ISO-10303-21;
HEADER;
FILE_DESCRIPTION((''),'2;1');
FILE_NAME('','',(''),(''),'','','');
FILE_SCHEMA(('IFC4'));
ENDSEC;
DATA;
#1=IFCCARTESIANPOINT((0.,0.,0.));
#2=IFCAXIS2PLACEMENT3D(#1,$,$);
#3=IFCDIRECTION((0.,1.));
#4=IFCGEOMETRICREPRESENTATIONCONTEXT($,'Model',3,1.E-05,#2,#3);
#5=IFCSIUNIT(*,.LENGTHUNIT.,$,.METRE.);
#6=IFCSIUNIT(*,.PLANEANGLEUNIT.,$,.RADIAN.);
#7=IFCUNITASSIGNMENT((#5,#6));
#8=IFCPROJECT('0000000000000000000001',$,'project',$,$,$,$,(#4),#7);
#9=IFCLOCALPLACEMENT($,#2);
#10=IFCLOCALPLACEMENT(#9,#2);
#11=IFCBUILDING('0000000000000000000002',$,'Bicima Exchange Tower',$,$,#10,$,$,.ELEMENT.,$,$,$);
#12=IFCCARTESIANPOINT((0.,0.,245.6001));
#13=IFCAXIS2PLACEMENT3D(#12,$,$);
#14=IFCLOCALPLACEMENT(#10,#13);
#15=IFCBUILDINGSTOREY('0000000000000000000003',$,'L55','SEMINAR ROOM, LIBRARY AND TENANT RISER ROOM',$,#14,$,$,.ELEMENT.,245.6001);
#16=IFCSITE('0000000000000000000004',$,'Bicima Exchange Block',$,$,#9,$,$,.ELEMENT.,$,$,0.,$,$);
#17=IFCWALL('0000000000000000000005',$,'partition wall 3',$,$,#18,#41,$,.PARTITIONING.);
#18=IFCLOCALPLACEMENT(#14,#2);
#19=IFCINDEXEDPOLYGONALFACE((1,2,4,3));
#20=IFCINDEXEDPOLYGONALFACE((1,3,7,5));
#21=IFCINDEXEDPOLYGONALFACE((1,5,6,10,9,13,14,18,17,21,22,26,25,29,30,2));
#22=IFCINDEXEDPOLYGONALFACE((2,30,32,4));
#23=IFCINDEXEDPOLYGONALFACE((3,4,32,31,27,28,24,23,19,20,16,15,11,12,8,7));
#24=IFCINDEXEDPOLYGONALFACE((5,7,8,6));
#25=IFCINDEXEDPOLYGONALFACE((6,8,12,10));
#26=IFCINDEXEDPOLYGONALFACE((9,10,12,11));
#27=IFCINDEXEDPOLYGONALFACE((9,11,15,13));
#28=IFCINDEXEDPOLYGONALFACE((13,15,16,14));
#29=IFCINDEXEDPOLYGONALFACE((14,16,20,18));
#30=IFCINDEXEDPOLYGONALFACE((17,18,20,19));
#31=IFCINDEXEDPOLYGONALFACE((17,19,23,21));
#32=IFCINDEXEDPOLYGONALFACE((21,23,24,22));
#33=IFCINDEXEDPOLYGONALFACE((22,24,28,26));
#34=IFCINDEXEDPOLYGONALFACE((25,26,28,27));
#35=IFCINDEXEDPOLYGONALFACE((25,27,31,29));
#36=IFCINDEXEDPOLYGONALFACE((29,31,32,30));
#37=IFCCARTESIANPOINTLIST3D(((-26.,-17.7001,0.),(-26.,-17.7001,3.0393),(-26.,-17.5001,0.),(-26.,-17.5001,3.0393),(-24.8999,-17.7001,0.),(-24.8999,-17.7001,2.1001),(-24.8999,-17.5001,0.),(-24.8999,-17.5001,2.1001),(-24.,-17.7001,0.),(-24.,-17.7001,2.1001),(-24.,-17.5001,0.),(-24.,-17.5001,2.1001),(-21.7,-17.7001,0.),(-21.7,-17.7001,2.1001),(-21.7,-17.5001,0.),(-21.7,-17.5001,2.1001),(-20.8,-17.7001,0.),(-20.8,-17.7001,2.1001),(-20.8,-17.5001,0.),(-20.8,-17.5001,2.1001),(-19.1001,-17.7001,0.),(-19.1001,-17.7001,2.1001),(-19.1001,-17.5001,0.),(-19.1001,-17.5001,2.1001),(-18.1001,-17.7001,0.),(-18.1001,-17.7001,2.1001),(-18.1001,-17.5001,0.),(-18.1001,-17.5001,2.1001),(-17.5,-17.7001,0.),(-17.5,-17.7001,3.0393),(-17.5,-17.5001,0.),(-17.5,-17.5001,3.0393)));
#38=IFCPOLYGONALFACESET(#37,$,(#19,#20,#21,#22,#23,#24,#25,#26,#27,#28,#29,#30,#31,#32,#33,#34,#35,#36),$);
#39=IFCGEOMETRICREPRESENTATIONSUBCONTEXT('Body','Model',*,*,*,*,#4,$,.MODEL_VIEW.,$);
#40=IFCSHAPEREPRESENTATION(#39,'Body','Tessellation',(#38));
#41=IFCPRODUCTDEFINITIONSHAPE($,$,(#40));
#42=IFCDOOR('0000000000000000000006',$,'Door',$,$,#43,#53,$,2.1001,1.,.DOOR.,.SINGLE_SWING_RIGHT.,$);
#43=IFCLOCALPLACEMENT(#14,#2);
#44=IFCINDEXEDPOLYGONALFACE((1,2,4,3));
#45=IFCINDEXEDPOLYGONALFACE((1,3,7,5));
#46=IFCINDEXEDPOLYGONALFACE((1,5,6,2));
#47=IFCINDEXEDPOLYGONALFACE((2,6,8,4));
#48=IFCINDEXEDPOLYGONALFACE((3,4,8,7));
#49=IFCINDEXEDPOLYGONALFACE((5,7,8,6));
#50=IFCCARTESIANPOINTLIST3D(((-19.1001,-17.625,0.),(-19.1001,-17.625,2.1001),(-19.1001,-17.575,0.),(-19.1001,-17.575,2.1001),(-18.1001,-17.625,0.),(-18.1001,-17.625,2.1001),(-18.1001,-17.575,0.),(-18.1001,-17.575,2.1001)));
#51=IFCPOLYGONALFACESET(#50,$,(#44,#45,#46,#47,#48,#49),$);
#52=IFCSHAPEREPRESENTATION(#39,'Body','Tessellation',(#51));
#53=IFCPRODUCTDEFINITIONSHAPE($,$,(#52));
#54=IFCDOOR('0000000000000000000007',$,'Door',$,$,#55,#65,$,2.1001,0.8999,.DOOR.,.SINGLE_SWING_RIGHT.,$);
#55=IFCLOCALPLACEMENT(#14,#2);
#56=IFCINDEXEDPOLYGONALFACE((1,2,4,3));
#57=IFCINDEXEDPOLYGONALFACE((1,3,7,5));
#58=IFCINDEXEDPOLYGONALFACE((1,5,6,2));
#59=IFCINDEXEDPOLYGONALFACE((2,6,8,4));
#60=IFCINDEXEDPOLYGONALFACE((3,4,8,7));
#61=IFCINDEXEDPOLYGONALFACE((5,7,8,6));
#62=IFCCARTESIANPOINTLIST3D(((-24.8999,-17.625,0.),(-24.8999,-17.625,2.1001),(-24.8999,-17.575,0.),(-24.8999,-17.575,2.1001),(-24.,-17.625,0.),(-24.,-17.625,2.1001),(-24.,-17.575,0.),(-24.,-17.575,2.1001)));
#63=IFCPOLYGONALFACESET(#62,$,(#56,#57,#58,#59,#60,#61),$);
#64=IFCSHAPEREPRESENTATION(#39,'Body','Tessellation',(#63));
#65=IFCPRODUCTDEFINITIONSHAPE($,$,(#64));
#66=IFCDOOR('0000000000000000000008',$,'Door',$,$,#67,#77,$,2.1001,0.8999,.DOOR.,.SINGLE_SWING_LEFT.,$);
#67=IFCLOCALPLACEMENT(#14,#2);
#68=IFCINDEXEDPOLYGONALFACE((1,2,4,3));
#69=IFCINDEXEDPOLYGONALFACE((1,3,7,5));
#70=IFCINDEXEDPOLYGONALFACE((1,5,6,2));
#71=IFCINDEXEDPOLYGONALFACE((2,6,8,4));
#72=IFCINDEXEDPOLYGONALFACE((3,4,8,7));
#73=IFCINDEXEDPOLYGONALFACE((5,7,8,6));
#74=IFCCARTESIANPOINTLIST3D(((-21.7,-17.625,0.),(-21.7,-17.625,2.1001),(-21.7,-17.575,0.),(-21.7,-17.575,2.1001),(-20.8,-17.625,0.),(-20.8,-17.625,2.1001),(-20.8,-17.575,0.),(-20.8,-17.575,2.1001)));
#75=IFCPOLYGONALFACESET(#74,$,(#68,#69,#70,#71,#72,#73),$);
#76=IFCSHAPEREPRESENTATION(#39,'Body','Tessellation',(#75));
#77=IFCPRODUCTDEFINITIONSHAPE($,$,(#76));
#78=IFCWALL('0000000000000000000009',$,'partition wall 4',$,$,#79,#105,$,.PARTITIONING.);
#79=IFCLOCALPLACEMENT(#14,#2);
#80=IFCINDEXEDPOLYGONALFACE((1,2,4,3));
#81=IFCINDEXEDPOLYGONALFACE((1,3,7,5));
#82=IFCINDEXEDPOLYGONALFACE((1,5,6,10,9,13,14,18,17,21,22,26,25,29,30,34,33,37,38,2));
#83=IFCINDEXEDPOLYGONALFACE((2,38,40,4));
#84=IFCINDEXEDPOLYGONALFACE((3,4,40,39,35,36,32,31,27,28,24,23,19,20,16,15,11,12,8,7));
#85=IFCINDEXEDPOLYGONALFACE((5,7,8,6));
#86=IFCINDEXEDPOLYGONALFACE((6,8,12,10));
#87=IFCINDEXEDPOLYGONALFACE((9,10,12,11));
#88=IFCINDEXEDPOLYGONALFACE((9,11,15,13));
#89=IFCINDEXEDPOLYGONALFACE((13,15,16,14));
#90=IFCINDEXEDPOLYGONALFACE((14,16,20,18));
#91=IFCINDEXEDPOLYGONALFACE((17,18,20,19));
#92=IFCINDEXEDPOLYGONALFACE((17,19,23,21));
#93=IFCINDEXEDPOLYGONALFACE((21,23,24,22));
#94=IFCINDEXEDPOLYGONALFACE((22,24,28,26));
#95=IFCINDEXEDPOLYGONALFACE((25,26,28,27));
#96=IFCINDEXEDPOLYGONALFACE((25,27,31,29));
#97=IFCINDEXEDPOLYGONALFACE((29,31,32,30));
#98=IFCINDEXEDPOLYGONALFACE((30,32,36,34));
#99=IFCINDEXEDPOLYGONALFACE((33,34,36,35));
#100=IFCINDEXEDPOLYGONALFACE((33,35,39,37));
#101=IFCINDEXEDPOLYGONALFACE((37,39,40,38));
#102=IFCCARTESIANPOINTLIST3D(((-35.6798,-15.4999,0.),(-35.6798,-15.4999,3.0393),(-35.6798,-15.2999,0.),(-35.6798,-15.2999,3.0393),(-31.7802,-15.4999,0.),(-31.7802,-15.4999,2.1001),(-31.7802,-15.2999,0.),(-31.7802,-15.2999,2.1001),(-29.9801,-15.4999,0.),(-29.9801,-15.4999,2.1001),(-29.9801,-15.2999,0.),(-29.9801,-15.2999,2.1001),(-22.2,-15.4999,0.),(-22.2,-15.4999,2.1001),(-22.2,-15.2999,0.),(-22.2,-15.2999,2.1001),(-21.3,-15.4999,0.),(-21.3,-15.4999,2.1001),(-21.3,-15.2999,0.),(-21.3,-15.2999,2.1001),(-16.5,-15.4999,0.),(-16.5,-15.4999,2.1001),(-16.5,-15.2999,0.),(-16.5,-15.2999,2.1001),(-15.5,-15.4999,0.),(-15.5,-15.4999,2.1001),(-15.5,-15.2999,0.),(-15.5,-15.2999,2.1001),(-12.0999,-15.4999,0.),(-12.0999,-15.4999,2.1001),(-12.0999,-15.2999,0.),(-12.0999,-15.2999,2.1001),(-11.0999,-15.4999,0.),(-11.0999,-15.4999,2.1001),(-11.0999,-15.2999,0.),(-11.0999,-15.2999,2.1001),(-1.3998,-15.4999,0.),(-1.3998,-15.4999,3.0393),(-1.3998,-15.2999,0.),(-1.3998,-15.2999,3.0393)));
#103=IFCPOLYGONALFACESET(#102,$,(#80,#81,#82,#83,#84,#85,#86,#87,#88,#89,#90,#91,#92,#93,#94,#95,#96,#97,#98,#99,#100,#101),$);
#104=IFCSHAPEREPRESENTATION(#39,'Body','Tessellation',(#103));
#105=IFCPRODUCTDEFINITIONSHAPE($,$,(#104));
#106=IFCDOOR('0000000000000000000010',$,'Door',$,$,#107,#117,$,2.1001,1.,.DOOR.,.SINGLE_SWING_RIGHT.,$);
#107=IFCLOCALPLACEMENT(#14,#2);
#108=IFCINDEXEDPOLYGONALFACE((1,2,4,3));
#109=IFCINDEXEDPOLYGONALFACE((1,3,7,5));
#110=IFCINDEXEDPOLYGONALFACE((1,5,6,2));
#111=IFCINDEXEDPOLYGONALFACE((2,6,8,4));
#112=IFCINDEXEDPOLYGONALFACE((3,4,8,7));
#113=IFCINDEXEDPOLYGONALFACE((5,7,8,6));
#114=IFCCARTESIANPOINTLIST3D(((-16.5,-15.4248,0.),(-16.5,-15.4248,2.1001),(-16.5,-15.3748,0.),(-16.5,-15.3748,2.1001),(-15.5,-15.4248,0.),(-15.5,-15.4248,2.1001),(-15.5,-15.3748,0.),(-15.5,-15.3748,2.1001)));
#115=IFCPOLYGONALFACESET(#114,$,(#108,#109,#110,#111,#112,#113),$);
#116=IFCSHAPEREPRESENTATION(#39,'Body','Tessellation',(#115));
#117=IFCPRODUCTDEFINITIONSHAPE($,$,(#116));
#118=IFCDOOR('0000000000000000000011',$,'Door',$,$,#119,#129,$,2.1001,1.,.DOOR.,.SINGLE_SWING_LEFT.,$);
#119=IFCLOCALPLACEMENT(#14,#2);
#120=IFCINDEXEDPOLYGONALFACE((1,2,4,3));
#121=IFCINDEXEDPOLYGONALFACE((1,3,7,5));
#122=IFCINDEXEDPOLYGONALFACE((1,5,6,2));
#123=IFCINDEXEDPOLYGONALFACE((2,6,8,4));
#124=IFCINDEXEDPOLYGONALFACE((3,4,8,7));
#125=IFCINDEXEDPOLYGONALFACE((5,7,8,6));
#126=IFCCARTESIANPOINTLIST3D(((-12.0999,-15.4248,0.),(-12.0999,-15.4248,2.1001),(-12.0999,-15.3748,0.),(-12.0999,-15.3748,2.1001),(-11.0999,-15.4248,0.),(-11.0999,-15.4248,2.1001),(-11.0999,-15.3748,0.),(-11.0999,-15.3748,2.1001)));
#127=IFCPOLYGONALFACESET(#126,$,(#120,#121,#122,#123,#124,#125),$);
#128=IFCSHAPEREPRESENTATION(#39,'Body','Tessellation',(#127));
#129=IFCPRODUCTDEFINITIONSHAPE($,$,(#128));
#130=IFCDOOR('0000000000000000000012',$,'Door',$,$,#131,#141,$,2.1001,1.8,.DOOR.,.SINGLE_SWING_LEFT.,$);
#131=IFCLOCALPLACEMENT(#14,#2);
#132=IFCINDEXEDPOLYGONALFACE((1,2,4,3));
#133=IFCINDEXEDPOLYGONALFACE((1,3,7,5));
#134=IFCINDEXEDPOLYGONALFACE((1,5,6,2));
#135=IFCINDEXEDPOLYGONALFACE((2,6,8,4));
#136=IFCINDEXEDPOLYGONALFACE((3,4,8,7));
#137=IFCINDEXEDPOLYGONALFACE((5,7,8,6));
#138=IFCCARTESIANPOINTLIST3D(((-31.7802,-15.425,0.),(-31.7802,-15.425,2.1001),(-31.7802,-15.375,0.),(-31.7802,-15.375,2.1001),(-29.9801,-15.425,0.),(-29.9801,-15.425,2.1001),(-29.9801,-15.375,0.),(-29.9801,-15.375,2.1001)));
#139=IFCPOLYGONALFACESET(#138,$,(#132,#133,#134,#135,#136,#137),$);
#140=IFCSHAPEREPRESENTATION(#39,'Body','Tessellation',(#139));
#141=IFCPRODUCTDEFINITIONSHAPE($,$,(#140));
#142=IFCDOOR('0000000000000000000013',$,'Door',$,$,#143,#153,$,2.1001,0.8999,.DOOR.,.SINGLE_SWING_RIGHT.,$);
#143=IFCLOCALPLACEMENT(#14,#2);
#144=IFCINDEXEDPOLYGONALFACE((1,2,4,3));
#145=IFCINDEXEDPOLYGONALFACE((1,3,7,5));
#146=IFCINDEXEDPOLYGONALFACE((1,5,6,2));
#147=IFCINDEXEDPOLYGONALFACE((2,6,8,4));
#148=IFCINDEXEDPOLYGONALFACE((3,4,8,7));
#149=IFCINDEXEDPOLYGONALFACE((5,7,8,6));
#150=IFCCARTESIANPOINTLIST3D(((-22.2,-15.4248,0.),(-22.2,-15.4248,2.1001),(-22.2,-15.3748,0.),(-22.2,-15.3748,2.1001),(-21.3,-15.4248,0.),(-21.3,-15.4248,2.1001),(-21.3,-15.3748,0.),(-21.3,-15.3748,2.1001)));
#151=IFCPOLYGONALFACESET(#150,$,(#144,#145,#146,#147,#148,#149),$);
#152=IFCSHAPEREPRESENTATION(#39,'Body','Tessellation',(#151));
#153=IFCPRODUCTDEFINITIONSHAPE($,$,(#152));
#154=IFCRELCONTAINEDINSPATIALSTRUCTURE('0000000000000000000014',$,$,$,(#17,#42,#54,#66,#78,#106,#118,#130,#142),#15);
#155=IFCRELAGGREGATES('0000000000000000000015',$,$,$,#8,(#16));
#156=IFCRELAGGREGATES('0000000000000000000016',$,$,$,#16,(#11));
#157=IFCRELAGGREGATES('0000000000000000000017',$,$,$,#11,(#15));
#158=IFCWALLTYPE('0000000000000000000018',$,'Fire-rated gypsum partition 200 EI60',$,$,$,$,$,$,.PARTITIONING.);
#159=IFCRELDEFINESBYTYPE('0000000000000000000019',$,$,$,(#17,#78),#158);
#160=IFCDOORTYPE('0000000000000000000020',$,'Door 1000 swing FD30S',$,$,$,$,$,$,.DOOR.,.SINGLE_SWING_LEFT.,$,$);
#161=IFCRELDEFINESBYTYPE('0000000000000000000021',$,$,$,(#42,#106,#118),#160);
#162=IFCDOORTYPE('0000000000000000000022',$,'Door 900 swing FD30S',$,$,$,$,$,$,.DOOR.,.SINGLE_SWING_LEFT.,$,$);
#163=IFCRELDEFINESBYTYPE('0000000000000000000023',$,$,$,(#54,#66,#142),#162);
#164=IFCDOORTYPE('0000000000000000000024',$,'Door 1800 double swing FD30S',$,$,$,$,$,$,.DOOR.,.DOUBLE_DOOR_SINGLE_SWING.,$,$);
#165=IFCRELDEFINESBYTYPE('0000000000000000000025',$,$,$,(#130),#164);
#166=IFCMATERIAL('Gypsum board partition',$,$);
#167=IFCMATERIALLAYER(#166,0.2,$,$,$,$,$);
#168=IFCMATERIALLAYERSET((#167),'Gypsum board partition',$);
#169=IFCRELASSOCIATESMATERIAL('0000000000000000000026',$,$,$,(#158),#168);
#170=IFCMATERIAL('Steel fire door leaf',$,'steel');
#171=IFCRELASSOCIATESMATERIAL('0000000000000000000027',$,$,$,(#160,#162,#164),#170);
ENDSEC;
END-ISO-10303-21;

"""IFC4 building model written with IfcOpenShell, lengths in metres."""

from ifc_helpers import new_model, si_unit, direction, frame, frame_2d, origin, place, context, subcontext, project, spatial, rectangle, extrude, material, layer, layer_set, type_object, element, fill, save


model = new_model("IFC4")

# Units and contexts
model_context = context("Model", 3, precision=1e-05, world=origin(), true_north=direction((0.0, 1.0)))
body_context = subcontext(model_context, "Body", "Model", "MODEL_VIEW")
ifc_project = project(units=[si_unit("LENGTHUNIT", "METRE"), si_unit("PLANEANGLEUNIT", "RADIAN")], contexts=[model_context])

# Site, building, storey
site_placement = place(None, origin())
site = spatial("IfcSite", under=ifc_project, at=site_placement, Name="Bicima Exchange Block", CompositionType="ELEMENT", RefElevation=0.0)
building_placement = place(site_placement, origin())
building = spatial("IfcBuilding", under=site, at=building_placement, Name="Bicima Exchange Tower", CompositionType="ELEMENT")
storey_placement = place(building_placement, frame((0.0, 0.0, 245.6001)))
storey = spatial("IfcBuildingStorey", under=building, at=storey_placement, Name="L55", Description="SEMINAR ROOM, LIBRARY AND TENANT RISER ROOM", CompositionType="ELEMENT", Elevation=245.6001)

# Walls, openings, doors
ifc_material_1 = material(Name="Gypsum board partition")
ifc_layer_1 = layer(ifc_material_1, 0.2)
ifc_layer_set_1 = layer_set([ifc_layer_1], Name="Gypsum board partition")
wall_type = type_object("IfcWallType", Name="Fire-rated gypsum partition 200 EI60", PredefinedType="PARTITIONING", material=ifc_layer_set_1)
wall_1_placement = place(storey_placement, frame((-26.0, -17.6001, 0.0), z_axis=(0.0, 0.0, 1.0), x_axis=(1.0, 0.0, 0.0)))
wall_1 = element("IfcWall", 1, at=wall_1_placement, inside=storey, type_object=wall_type, Name="partition wall 3", PredefinedType="PARTITIONING", context=body_context, shape_type="SweptSolid", body=[
    extrude(rectangle(XDim=8.5, YDim=0.2, at=frame_2d((4.25, 0.0))), origin(), (0.0, 0.0, 1.0), 3.0393),
])
opening_1_placement = place(wall_1_placement, frame((1.1001, 0.0, 0.0)))
opening_1 = element("IfcOpeningElement", 2, at=opening_1_placement, cuts=wall_1, PredefinedType="OPENING", context=body_context, shape_type="SweptSolid", body=[
    extrude(rectangle(XDim=0.8999, YDim=2.1001, at=frame_2d((0.45, 1.05))), frame((0.0, 0.1118, 0.0), z_axis=(0.0, -1.0, 0.0), x_axis=(1.0, 0.0, 0.0)), (0.0, 0.0, 1.0), 0.2239),
])
opening_2_placement = place(wall_1_placement, frame((4.3, 0.0, 0.0)))
opening_2 = element("IfcOpeningElement", 3, at=opening_2_placement, cuts=wall_1, PredefinedType="OPENING", context=body_context, shape_type="SweptSolid", body=[
    extrude(rectangle(XDim=0.8999, YDim=2.1001, at=frame_2d((0.45, 1.05))), frame((0.0, 0.1118, 0.0), z_axis=(0.0, -1.0, 0.0), x_axis=(1.0, 0.0, 0.0)), (0.0, 0.0, 1.0), 0.2239),
])
opening_3_placement = place(wall_1_placement, frame((6.8999, 0.0, 0.0)))
opening_3 = element("IfcOpeningElement", 4, at=opening_3_placement, cuts=wall_1, PredefinedType="OPENING", context=body_context, shape_type="SweptSolid", body=[
    extrude(rectangle(XDim=1.0, YDim=2.1001, at=frame_2d((0.5, 1.05))), frame((0.0, 0.1118, 0.0), z_axis=(0.0, -1.0, 0.0), x_axis=(1.0, 0.0, 0.0)), (0.0, 0.0, 1.0), 0.2239),
])
ifc_material_2 = material(Name="Steel fire door leaf", Category="steel")
door_type_1 = type_object("IfcDoorType", Name="Door 1000 swing FD30S", OperationType="SINGLE_SWING_LEFT", PredefinedType="DOOR", material=ifc_material_2)
door_1_placement = place(opening_3_placement, frame((1.0, 0.0, 0.0), z_axis=(0.0, 0.0, 1.0), x_axis=(-1.0, 0.0, 0.0)))
door_1 = element("IfcDoor", 5, at=door_1_placement, inside=storey, type_object=door_type_1, Name="Door", OperationType="SINGLE_SWING_RIGHT", OverallHeight=2.1001, OverallWidth=1.0, PredefinedType="DOOR", context=body_context, shape_type="SweptSolid", body=[
    extrude(rectangle(XDim=1.0, YDim=2.1001, at=frame_2d((0.5, 1.05))), frame((0.0, 0.0249, 0.0), z_axis=(0.0, -1.0, 0.0), x_axis=(1.0, 0.0, 0.0)), (0.0, 0.0, 1.0), 0.05),
])
fill(opening_3, door_1)
door_type_2 = type_object("IfcDoorType", Name="Door 900 swing FD30S", OperationType="SINGLE_SWING_LEFT", PredefinedType="DOOR", material=ifc_material_2)
door_2_placement = place(opening_1_placement, frame((0.8999, 0.0, 0.0), z_axis=(0.0, 0.0, 1.0), x_axis=(-1.0, 0.0, 0.0)))
door_2 = element("IfcDoor", 6, at=door_2_placement, inside=storey, type_object=door_type_2, Name="Door", OperationType="SINGLE_SWING_RIGHT", OverallHeight=2.1001, OverallWidth=0.8999, PredefinedType="DOOR", context=body_context, shape_type="SweptSolid", body=[
    extrude(rectangle(XDim=0.8999, YDim=2.1001, at=frame_2d((0.45, 1.05))), frame((0.0, 0.0249, 0.0), z_axis=(0.0, -1.0, 0.0), x_axis=(1.0, 0.0, 0.0)), (0.0, 0.0, 1.0), 0.05),
])
fill(opening_1, door_2)
door_3_placement = place(opening_2_placement, frame((0.8999, 0.0, 0.0), z_axis=(0.0, 0.0, 1.0), x_axis=(-1.0, 0.0, 0.0)))
door_3 = element("IfcDoor", 7, at=door_3_placement, inside=storey, type_object=door_type_2, Name="Door", OperationType="SINGLE_SWING_LEFT", OverallHeight=2.1001, OverallWidth=0.8999, PredefinedType="DOOR", context=body_context, shape_type="SweptSolid", body=[
    extrude(rectangle(XDim=0.8999, YDim=2.1001, at=frame_2d((0.45, 1.05))), frame((0.0, 0.0249, 0.0), z_axis=(0.0, -1.0, 0.0), x_axis=(1.0, 0.0, 0.0)), (0.0, 0.0, 1.0), 0.05),
])
fill(opening_2, door_3)
wall_2_placement = place(storey_placement, frame((-35.6799, -15.3999, 0.0), z_axis=(0.0, 0.0, 1.0), x_axis=(1.0, 0.0, 0.0)))
wall_2 = element("IfcWall", 8, at=wall_2_placement, inside=storey, type_object=wall_type, Name="partition wall 4", PredefinedType="PARTITIONING", context=body_context, shape_type="SweptSolid", body=[
    extrude(rectangle(XDim=34.28, YDim=0.2, at=frame_2d((17.1401, 0.0))), origin(), (0.0, 0.0, 1.0), 3.0393),
])
opening_4_placement = place(wall_2_placement, frame((3.8999, 0.0, 0.0)))
opening_4 = element("IfcOpeningElement", 9, at=opening_4_placement, cuts=wall_2, PredefinedType="OPENING", context=body_context, shape_type="SweptSolid", body=[
    extrude(rectangle(XDim=1.8, YDim=2.1001, at=frame_2d((0.8999, 1.05))), frame((0.0, 0.1118, 0.0), z_axis=(0.0, -1.0, 0.0), x_axis=(1.0, 0.0, 0.0)), (0.0, 0.0, 1.0), 0.2239),
])
opening_5_placement = place(wall_2_placement, frame((13.48, 0.0, 0.0)))
opening_5 = element("IfcOpeningElement", 10, at=opening_5_placement, cuts=wall_2, PredefinedType="OPENING", context=body_context, shape_type="SweptSolid", body=[
    extrude(rectangle(XDim=0.8999, YDim=2.1001, at=frame_2d((0.45, 1.05))), frame((0.0, 0.1118, 0.0), z_axis=(0.0, -1.0, 0.0), x_axis=(1.0, 0.0, 0.0)), (0.0, 0.0, 1.0), 0.2239),
])
opening_6_placement = place(wall_2_placement, frame((19.1799, 0.0, 0.0)))
opening_6 = element("IfcOpeningElement", 11, at=opening_6_placement, cuts=wall_2, PredefinedType="OPENING", context=body_context, shape_type="SweptSolid", body=[
    extrude(rectangle(XDim=1.0, YDim=2.1001, at=frame_2d((0.5, 1.05))), frame((0.0, 0.1118, 0.0), z_axis=(0.0, -1.0, 0.0), x_axis=(1.0, 0.0, 0.0)), (0.0, 0.0, 1.0), 0.2239),
])
opening_7_placement = place(wall_2_placement, frame((23.5801, 0.0, 0.0)))
opening_7 = element("IfcOpeningElement", 12, at=opening_7_placement, cuts=wall_2, PredefinedType="OPENING", context=body_context, shape_type="SweptSolid", body=[
    extrude(rectangle(XDim=1.0, YDim=2.1001, at=frame_2d((0.5, 1.05))), frame((0.0, 0.1118, 0.0), z_axis=(0.0, -1.0, 0.0), x_axis=(1.0, 0.0, 0.0)), (0.0, 0.0, 1.0), 0.2239),
])
door_4_placement = place(opening_6_placement, frame((1.0, 0.0, 0.0), z_axis=(0.0, 0.0, 1.0), x_axis=(-1.0, 0.0, 0.0)))
door_4 = element("IfcDoor", 13, at=door_4_placement, inside=storey, type_object=door_type_1, Name="Door", OperationType="SINGLE_SWING_RIGHT", OverallHeight=2.1001, OverallWidth=1.0, PredefinedType="DOOR", context=body_context, shape_type="SweptSolid", body=[
    extrude(rectangle(XDim=1.0, YDim=2.1001, at=frame_2d((0.5, 1.05))), frame((0.0, 0.0249, 0.0), z_axis=(0.0, -1.0, 0.0), x_axis=(1.0, 0.0, 0.0)), (0.0, 0.0, 1.0), 0.05),
])
fill(opening_6, door_4)
door_5_placement = place(opening_7_placement, frame((1.0, 0.0, 0.0), z_axis=(0.0, 0.0, 1.0), x_axis=(-1.0, 0.0, 0.0)))
door_5 = element("IfcDoor", 14, at=door_5_placement, inside=storey, type_object=door_type_1, Name="Door", OperationType="SINGLE_SWING_LEFT", OverallHeight=2.1001, OverallWidth=1.0, PredefinedType="DOOR", context=body_context, shape_type="SweptSolid", body=[
    extrude(rectangle(XDim=1.0, YDim=2.1001, at=frame_2d((0.5, 1.05))), frame((0.0, 0.0249, 0.0), z_axis=(0.0, -1.0, 0.0), x_axis=(1.0, 0.0, 0.0)), (0.0, 0.0, 1.0), 0.05),
])
fill(opening_7, door_5)
door_type_3 = type_object("IfcDoorType", Name="Door 1800 double swing FD30S", OperationType="DOUBLE_DOOR_SINGLE_SWING", PredefinedType="DOOR", material=ifc_material_2)
door_6_placement = place(opening_4_placement, origin())
door_6 = element("IfcDoor", 15, at=door_6_placement, inside=storey, type_object=door_type_3, Name="Door", OperationType="SINGLE_SWING_LEFT", OverallHeight=2.1001, OverallWidth=1.8, PredefinedType="DOOR", context=body_context, shape_type="SweptSolid", body=[
    extrude(rectangle(XDim=1.8, YDim=2.1001, at=frame_2d((0.8999, 1.05))), frame((0.0, 0.0249, 0.0), z_axis=(0.0, -1.0, 0.0), x_axis=(1.0, 0.0, 0.0)), (0.0, 0.0, 1.0), 0.05),
])
fill(opening_4, door_6)
door_7_placement = place(opening_5_placement, frame((0.8999, 0.0, 0.0), z_axis=(0.0, 0.0, 1.0), x_axis=(-1.0, 0.0, 0.0)))
door_7 = element("IfcDoor", 16, at=door_7_placement, inside=storey, type_object=door_type_2, Name="Door", OperationType="SINGLE_SWING_RIGHT", OverallHeight=2.1001, OverallWidth=0.8999, PredefinedType="DOOR", context=body_context, shape_type="SweptSolid", body=[
    extrude(rectangle(XDim=0.8999, YDim=2.1001, at=frame_2d((0.45, 1.05))), frame((0.0, 0.0249, 0.0), z_axis=(0.0, -1.0, 0.0), x_axis=(1.0, 0.0, 0.0)), (0.0, 0.0, 1.0), 0.05),
])
fill(opening_5, door_7)

save(model, "model.ifc")
